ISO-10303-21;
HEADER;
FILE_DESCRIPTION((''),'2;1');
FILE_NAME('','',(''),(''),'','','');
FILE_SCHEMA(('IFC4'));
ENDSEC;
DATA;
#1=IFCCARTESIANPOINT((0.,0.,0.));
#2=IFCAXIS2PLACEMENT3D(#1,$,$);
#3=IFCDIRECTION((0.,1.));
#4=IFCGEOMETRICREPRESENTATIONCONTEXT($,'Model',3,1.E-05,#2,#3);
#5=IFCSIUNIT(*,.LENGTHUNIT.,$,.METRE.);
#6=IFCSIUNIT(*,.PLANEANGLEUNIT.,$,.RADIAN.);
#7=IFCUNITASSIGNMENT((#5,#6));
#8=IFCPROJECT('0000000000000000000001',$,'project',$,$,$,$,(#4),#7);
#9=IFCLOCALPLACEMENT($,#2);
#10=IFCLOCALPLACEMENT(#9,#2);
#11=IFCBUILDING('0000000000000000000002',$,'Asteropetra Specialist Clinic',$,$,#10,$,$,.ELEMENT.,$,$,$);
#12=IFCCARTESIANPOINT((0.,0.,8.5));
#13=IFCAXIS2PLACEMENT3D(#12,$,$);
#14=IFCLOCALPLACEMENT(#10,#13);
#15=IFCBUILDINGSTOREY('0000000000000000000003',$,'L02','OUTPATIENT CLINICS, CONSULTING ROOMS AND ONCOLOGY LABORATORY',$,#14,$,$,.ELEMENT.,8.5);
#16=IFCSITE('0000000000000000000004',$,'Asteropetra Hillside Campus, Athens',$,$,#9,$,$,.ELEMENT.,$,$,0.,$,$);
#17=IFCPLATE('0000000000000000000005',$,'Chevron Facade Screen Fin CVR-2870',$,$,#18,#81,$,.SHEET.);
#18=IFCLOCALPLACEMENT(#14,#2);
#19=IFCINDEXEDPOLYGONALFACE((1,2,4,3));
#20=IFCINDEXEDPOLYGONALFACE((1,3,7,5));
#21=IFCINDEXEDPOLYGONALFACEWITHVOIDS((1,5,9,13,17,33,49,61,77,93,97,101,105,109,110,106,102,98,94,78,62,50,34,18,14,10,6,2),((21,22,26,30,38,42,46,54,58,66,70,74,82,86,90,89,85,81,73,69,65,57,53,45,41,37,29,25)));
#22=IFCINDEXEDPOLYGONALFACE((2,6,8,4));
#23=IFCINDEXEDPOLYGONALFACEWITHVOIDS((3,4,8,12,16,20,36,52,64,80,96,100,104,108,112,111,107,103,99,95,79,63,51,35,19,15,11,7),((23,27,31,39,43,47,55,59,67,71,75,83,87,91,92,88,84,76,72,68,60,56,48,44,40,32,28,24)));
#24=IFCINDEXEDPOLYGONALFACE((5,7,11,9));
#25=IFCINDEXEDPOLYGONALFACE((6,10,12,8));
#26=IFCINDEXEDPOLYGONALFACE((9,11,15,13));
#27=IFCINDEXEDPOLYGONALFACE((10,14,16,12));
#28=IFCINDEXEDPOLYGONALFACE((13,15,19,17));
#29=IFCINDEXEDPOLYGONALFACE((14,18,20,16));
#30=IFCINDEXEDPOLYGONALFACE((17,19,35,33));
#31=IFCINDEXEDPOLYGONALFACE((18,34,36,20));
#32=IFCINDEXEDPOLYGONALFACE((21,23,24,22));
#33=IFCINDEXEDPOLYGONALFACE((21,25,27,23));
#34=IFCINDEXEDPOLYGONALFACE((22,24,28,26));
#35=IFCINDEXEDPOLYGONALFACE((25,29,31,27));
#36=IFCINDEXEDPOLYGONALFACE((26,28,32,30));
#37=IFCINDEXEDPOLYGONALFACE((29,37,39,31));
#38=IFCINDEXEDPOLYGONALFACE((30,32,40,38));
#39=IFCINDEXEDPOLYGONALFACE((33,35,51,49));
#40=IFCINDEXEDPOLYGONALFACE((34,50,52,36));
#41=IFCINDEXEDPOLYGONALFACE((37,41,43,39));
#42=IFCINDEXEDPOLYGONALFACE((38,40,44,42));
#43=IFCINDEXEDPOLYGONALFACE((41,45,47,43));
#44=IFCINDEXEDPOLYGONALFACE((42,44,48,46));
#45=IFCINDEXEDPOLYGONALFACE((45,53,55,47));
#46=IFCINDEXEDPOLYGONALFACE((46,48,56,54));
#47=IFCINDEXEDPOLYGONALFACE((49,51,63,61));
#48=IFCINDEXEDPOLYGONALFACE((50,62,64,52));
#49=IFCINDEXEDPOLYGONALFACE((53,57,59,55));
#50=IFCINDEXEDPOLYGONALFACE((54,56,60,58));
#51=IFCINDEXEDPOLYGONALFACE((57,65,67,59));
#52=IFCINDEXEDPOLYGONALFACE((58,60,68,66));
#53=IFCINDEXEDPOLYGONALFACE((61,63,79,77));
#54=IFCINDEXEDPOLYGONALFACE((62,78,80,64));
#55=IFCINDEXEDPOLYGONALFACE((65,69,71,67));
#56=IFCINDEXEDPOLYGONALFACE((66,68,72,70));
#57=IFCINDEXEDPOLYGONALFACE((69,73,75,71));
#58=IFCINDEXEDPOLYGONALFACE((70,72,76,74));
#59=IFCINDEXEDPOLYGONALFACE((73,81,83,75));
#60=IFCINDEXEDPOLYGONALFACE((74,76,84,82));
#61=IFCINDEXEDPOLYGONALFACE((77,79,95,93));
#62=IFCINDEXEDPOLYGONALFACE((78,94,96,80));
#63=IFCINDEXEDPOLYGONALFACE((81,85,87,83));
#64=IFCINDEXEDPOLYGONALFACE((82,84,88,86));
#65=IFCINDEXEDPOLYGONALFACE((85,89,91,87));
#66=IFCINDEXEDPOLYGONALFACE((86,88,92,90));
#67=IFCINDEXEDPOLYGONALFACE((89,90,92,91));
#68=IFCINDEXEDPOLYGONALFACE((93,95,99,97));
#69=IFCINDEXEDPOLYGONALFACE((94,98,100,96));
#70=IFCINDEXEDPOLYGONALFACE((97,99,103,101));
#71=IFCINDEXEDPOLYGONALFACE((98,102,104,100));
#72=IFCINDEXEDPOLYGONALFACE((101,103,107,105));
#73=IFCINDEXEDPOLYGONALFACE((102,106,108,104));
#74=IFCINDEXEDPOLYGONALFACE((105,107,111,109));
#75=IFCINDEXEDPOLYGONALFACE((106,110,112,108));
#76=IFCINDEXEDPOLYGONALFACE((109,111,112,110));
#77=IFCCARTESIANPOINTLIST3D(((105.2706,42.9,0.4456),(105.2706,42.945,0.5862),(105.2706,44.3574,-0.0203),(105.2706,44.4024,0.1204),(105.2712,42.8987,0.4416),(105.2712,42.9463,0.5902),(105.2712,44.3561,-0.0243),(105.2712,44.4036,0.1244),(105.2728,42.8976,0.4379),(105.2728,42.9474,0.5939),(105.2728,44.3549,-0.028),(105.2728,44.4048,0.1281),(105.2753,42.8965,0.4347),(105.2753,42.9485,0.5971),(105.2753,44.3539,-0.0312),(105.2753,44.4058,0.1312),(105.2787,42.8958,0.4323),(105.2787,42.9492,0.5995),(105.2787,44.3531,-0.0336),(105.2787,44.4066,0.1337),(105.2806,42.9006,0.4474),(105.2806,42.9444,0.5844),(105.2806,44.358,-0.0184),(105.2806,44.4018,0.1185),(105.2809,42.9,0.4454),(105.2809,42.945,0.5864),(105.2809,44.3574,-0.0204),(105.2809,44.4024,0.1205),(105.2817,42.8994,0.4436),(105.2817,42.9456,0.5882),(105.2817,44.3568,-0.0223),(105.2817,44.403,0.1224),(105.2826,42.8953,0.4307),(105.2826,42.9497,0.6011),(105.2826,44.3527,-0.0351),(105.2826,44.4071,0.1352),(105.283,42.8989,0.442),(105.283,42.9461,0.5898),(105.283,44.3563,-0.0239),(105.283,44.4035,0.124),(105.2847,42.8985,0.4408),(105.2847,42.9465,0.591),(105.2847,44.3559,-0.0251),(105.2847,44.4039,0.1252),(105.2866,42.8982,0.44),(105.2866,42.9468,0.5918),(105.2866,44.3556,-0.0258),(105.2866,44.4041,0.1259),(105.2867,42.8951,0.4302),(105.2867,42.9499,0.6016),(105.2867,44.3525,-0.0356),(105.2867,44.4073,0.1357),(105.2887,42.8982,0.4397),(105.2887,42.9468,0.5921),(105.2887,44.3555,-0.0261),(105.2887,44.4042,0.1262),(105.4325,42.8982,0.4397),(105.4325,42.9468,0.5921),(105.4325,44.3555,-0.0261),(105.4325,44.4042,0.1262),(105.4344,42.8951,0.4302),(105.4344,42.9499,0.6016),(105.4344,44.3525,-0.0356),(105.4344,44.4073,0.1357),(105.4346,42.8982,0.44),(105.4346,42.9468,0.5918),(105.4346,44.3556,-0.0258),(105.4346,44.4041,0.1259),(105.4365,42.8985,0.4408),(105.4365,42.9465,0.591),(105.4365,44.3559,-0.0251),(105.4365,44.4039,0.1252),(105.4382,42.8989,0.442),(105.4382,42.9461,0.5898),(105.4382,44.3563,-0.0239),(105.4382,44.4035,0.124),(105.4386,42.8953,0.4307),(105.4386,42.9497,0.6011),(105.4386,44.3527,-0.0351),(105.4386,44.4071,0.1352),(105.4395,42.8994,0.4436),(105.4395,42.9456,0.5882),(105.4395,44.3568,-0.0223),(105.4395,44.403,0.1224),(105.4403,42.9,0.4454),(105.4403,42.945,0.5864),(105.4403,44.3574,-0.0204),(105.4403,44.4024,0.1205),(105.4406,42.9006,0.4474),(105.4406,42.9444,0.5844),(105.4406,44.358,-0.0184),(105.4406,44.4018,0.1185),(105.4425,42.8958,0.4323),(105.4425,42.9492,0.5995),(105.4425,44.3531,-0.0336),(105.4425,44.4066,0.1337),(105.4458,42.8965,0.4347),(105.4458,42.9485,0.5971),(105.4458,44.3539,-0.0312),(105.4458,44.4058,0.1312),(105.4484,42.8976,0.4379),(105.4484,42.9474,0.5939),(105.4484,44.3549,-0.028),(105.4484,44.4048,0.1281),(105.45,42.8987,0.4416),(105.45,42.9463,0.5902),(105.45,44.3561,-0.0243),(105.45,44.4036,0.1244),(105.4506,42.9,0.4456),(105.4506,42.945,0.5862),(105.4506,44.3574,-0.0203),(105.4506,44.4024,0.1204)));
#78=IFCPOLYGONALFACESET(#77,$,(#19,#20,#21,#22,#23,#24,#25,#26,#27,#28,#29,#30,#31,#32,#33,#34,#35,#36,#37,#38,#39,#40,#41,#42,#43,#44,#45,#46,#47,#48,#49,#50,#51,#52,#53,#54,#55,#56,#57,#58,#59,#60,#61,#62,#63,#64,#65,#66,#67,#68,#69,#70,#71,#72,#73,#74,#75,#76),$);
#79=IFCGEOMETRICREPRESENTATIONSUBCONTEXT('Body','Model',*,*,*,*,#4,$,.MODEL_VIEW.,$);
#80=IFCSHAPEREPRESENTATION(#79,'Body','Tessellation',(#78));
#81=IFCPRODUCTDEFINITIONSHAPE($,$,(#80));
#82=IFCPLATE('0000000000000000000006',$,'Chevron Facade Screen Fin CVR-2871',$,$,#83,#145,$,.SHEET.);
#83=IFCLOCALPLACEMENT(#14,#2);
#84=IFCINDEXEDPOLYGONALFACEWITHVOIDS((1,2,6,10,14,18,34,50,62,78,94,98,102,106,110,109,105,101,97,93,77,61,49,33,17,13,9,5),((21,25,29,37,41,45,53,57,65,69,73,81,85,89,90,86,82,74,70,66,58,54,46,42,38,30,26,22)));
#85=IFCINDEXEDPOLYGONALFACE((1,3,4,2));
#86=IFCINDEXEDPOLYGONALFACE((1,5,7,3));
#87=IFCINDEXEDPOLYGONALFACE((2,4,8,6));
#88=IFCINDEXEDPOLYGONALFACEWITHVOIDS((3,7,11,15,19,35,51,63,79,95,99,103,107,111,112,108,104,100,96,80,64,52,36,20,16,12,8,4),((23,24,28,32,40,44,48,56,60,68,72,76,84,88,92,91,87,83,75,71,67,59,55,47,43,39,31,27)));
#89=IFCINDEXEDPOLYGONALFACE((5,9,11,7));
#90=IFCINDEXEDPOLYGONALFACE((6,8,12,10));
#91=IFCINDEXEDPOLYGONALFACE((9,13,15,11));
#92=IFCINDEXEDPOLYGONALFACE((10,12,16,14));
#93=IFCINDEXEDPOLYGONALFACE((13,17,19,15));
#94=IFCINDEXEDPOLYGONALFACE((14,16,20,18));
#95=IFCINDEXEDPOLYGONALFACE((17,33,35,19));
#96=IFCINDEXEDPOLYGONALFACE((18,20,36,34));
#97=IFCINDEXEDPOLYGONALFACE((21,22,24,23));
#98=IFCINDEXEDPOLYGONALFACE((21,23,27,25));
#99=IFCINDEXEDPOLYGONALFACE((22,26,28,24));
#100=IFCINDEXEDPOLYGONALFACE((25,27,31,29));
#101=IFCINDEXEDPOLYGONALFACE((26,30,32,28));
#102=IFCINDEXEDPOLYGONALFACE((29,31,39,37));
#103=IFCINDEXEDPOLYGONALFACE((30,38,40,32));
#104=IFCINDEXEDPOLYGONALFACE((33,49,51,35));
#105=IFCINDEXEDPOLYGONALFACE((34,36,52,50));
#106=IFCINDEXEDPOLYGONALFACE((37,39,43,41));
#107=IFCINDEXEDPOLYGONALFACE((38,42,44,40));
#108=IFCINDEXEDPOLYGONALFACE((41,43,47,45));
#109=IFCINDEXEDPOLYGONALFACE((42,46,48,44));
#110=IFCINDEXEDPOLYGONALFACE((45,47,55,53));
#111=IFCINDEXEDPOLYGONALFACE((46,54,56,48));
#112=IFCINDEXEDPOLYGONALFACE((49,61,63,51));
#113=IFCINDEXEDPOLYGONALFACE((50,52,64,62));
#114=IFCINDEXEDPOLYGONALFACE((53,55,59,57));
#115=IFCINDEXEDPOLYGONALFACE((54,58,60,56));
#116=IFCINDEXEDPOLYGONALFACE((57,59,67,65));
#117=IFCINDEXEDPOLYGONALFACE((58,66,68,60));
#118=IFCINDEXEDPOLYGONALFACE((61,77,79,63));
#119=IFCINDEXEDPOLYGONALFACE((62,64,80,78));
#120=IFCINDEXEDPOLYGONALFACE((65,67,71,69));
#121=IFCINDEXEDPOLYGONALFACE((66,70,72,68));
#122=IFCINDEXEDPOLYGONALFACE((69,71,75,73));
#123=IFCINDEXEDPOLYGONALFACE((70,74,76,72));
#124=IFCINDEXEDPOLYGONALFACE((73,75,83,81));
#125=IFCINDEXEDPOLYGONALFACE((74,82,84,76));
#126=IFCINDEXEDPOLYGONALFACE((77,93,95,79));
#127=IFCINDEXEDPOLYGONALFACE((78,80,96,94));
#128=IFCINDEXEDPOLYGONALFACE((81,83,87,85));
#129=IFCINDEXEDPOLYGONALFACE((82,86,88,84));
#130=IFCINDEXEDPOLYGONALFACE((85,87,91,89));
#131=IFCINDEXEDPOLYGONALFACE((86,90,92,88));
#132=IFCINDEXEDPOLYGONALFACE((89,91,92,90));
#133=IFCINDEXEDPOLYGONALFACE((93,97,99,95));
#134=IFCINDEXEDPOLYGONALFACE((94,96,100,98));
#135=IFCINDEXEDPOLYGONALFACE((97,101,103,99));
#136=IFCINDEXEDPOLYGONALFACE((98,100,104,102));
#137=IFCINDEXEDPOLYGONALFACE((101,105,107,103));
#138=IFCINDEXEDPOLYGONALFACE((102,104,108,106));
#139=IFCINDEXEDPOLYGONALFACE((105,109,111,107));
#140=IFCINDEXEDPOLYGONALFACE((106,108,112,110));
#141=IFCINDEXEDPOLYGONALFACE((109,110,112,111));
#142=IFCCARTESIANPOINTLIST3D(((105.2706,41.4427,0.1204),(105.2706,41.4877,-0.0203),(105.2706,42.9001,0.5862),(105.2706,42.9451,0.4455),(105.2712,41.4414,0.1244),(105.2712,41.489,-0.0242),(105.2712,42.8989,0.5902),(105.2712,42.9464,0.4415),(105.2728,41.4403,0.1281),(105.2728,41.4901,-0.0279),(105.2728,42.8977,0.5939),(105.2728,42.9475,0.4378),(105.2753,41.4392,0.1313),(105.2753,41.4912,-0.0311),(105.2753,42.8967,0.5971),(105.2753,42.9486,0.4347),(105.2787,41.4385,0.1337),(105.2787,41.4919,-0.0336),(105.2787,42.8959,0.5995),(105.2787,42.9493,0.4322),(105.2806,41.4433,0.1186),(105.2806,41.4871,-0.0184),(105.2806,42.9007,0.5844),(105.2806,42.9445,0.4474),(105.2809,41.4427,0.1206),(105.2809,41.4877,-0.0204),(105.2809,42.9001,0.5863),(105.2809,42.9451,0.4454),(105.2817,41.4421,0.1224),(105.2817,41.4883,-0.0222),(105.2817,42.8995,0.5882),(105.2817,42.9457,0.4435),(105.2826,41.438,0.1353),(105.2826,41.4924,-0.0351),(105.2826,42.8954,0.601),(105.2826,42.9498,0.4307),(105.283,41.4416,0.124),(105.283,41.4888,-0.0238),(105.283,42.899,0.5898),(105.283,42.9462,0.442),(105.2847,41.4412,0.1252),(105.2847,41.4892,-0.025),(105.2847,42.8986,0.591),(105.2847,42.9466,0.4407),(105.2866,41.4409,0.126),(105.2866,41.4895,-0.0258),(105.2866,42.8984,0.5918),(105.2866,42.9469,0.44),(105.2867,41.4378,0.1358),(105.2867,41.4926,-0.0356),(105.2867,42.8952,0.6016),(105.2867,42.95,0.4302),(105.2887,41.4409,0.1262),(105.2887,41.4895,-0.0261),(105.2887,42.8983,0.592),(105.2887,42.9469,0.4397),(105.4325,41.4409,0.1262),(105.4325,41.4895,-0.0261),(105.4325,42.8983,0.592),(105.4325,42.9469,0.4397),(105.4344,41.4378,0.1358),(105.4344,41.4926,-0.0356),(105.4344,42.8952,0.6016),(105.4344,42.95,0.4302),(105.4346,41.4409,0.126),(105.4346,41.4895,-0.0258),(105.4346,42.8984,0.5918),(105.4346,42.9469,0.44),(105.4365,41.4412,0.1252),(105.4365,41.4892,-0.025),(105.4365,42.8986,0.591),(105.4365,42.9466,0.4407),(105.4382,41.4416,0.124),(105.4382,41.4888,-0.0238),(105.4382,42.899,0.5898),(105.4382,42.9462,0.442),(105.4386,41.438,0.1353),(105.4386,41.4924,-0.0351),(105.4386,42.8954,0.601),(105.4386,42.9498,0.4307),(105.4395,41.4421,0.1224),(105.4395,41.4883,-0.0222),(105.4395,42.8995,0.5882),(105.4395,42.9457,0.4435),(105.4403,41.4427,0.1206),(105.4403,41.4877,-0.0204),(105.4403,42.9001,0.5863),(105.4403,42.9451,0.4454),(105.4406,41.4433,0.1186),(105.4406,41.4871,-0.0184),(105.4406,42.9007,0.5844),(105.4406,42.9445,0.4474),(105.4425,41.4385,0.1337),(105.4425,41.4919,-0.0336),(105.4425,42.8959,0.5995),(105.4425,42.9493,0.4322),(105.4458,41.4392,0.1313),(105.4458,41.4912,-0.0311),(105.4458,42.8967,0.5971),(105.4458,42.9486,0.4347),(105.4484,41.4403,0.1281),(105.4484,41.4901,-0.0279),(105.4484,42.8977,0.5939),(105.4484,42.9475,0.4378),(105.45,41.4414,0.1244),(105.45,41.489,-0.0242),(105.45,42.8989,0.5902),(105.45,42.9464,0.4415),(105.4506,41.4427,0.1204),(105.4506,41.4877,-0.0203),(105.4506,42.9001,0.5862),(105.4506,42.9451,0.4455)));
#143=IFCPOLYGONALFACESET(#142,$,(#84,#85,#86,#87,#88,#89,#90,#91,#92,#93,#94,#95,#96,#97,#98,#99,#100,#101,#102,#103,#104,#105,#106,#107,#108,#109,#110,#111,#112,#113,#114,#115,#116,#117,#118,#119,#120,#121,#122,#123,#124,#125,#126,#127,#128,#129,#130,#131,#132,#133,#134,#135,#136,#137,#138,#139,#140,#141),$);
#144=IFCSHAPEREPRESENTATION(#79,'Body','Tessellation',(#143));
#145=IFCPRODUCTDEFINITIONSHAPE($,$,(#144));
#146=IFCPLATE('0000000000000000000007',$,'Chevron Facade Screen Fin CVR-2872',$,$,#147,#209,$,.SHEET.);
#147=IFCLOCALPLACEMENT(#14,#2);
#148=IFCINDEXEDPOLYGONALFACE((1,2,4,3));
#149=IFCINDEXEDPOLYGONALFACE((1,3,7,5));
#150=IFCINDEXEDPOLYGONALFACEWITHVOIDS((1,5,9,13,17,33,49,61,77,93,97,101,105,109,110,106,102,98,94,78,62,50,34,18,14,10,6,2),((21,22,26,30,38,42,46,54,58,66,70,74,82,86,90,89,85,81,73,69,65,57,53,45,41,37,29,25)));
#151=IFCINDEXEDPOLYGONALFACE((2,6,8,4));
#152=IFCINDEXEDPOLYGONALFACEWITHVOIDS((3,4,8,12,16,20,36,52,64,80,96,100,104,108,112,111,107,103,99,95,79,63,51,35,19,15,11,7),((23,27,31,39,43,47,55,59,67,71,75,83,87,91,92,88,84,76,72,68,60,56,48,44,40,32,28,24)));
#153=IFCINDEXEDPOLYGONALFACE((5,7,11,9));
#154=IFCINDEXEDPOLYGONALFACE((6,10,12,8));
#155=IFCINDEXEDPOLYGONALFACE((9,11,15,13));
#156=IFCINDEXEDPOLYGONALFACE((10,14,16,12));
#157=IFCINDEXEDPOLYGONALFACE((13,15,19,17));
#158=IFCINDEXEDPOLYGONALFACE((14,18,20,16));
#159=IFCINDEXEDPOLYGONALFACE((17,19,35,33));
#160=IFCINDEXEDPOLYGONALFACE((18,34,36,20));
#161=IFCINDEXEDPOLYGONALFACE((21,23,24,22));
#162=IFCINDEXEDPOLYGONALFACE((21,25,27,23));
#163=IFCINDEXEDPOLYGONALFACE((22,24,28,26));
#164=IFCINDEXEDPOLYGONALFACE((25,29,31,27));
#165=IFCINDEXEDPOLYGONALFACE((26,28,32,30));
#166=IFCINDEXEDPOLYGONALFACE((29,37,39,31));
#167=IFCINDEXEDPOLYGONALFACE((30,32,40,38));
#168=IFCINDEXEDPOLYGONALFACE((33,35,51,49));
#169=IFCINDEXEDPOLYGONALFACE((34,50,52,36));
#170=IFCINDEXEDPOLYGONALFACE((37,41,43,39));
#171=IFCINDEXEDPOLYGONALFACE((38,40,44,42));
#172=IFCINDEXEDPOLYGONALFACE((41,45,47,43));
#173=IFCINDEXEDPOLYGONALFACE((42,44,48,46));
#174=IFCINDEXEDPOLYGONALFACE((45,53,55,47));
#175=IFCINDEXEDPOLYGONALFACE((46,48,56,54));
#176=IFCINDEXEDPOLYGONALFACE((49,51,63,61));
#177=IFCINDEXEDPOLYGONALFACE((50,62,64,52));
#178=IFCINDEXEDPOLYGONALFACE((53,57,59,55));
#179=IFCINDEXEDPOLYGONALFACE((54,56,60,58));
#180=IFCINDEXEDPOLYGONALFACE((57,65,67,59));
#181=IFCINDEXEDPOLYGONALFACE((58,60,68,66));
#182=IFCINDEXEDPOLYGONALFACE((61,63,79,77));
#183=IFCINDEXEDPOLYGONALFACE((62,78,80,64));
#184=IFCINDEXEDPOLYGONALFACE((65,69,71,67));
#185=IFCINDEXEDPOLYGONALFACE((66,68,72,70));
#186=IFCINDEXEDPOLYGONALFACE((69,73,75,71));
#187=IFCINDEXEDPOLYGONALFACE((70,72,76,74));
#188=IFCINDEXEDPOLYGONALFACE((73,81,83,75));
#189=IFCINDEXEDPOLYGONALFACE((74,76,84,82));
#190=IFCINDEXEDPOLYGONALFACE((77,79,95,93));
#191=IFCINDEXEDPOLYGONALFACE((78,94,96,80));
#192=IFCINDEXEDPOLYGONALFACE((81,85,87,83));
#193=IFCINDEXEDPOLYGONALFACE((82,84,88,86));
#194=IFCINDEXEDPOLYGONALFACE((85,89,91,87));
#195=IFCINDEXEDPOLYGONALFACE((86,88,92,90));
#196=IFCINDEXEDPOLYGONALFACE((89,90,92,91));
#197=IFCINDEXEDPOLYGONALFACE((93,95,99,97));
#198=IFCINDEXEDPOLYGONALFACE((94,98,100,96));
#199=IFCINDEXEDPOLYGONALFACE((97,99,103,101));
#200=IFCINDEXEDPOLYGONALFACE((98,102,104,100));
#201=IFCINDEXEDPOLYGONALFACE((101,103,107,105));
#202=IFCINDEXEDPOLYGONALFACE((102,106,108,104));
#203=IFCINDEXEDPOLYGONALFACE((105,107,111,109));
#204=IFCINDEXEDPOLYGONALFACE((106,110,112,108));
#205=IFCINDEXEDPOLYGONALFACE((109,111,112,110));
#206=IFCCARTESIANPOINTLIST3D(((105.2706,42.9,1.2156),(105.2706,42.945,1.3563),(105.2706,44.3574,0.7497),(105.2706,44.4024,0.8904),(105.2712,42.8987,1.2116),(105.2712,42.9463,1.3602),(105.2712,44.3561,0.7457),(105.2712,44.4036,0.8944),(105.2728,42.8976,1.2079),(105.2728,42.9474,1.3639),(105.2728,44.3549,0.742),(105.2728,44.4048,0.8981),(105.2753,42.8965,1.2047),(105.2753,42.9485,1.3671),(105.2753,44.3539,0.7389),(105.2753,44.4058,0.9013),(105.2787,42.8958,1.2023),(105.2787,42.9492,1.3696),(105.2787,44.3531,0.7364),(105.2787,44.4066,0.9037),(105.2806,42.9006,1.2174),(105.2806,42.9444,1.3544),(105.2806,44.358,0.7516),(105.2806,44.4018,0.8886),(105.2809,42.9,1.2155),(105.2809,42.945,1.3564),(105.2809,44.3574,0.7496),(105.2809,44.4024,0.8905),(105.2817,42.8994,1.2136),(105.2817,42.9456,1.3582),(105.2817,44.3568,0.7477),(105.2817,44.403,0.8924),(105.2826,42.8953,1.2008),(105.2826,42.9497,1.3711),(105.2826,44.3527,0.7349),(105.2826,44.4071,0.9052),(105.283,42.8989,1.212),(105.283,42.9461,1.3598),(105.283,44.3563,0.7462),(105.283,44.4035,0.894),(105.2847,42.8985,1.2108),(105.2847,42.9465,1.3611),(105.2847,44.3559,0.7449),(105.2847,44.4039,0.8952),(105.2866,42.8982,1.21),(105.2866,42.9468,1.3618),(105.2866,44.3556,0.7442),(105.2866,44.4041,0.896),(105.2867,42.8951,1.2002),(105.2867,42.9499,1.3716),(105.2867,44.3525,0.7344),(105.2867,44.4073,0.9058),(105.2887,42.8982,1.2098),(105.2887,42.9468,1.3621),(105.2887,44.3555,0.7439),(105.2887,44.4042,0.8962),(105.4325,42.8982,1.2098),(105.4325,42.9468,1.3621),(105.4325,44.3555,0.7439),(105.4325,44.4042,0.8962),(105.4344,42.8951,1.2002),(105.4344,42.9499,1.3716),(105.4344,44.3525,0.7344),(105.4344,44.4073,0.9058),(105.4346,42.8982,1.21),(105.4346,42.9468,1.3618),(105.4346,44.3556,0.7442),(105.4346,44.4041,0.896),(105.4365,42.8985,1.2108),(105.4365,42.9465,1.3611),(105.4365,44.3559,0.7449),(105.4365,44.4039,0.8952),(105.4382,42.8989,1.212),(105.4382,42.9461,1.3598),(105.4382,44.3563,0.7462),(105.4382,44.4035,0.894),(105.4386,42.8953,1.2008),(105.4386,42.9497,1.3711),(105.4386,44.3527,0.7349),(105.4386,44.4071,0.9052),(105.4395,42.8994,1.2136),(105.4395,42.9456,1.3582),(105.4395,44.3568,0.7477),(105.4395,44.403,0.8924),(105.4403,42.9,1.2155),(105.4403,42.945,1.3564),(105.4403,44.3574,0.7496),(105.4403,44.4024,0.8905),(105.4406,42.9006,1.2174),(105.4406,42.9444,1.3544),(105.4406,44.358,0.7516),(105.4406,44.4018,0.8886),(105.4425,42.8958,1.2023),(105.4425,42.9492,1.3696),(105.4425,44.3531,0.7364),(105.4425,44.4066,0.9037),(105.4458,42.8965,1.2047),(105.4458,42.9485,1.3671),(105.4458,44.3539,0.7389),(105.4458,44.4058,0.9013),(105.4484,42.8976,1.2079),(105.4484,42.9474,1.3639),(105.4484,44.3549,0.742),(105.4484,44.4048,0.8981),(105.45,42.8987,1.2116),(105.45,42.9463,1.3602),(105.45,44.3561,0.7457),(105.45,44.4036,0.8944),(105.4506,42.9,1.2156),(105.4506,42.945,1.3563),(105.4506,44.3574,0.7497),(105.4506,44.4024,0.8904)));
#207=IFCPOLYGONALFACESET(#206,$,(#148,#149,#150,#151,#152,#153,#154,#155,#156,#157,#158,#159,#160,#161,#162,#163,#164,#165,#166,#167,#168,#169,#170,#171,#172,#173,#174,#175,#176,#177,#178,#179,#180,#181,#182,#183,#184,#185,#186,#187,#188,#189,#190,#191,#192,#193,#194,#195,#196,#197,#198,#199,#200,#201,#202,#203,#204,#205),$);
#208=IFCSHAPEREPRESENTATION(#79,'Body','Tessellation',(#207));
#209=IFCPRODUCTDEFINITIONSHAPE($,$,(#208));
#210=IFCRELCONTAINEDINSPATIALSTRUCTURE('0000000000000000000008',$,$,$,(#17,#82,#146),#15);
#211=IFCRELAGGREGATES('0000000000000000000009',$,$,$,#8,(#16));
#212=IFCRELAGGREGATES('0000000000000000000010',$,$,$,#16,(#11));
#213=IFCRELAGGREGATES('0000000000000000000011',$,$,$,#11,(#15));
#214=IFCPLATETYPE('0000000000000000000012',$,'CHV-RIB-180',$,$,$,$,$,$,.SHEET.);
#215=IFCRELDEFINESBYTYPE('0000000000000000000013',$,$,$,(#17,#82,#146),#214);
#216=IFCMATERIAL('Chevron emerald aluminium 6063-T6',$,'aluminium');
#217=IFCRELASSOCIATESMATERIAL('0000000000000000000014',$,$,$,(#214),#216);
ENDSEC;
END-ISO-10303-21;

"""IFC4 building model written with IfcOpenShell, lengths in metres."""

from ifc_helpers import new_model, si_unit, direction, frame, origin, origin_2d, place, context, subcontext, project, spatial, hollow_rectangle, extrude, material, material_profile, profile_set, type_object, element, save


model = new_model("IFC4")

# Units and contexts
model_context = context("Model", 3, precision=1e-05, world=origin(), true_north=direction((0.0, 1.0)))
body_context = subcontext(model_context, "Body", "Model", "MODEL_VIEW")
ifc_project = project(units=[si_unit("LENGTHUNIT", "METRE"), si_unit("PLANEANGLEUNIT", "RADIAN")], contexts=[model_context])

# Site, building, storey
site_placement = place(None, origin())
site = spatial("IfcSite", under=ifc_project, at=site_placement, Name="Asteropetra Hillside Campus, Athens", CompositionType="ELEMENT", RefElevation=0.0)
building_placement = place(site_placement, origin())
building = spatial("IfcBuilding", under=site, at=building_placement, Name="Asteropetra Specialist Clinic", CompositionType="ELEMENT")
storey_placement = place(building_placement, frame((0.0, 0.0, 8.5)))
storey = spatial("IfcBuildingStorey", under=building, at=storey_placement, Name="L02", Description="OUTPATIENT CLINICS, CONSULTING ROOMS AND ONCOLOGY LABORATORY", CompositionType="ELEMENT", Elevation=8.5)

# Plates
ifc_material_1 = material(Name="Chevron emerald aluminium 6063-T6", Category="aluminium")
ifc_material_profile = material_profile(ifc_material_1, hollow_rectangle(XDim=0.1799, YDim=0.1799, WallThickness=0.01, InnerFilletRadius=0.0081, OuterFilletRadius=0.0161, at=origin_2d()), Name="SHS 180x180x10.0")
ifc_profile_set = profile_set([ifc_material_profile], Name="Chevron emerald aluminium 6063-T6")
plate_type_1 = type_object("IfcPlateType", Name="CHV-RIB-180", PredefinedType="SHEET", material=ifc_profile_set)
for number, where, z_axis, x_axis, name in (
    (1, (105.3606, 44.3799, 0.05), (0.0, -0.95252, 0.304475), (1.0, 0.0, 0.0), "Chevron Facade Screen Fin CVR-2870"),
    (2, (105.3606, 42.9226, 0.5159), (0.0, -0.952535, -0.304428), (1.0, 0.0, 0.0), "Chevron Facade Screen Fin CVR-2871"),
    (3, (105.3606, 44.3799, 0.8201), (0.0, -0.95252, 0.304475), (1.0, 0.0, 0.0), "Chevron Facade Screen Fin CVR-2872"),
):
    element("IfcPlate", number, at=place(storey_placement, frame(where, z_axis=z_axis, x_axis=x_axis)), inside=storey, type_object=plate_type_1, Name=name, PredefinedType="SHEET", context=body_context, shape_type="SweptSolid", body=[
        extrude(hollow_rectangle(XDim=0.1799, YDim=0.1799, WallThickness=0.01, InnerFilletRadius=0.0081, OuterFilletRadius=0.0161, at=origin_2d()), origin(), (0.0, 0.0, 1.0), 1.53),
    ])

save(model, "model.ifc")
